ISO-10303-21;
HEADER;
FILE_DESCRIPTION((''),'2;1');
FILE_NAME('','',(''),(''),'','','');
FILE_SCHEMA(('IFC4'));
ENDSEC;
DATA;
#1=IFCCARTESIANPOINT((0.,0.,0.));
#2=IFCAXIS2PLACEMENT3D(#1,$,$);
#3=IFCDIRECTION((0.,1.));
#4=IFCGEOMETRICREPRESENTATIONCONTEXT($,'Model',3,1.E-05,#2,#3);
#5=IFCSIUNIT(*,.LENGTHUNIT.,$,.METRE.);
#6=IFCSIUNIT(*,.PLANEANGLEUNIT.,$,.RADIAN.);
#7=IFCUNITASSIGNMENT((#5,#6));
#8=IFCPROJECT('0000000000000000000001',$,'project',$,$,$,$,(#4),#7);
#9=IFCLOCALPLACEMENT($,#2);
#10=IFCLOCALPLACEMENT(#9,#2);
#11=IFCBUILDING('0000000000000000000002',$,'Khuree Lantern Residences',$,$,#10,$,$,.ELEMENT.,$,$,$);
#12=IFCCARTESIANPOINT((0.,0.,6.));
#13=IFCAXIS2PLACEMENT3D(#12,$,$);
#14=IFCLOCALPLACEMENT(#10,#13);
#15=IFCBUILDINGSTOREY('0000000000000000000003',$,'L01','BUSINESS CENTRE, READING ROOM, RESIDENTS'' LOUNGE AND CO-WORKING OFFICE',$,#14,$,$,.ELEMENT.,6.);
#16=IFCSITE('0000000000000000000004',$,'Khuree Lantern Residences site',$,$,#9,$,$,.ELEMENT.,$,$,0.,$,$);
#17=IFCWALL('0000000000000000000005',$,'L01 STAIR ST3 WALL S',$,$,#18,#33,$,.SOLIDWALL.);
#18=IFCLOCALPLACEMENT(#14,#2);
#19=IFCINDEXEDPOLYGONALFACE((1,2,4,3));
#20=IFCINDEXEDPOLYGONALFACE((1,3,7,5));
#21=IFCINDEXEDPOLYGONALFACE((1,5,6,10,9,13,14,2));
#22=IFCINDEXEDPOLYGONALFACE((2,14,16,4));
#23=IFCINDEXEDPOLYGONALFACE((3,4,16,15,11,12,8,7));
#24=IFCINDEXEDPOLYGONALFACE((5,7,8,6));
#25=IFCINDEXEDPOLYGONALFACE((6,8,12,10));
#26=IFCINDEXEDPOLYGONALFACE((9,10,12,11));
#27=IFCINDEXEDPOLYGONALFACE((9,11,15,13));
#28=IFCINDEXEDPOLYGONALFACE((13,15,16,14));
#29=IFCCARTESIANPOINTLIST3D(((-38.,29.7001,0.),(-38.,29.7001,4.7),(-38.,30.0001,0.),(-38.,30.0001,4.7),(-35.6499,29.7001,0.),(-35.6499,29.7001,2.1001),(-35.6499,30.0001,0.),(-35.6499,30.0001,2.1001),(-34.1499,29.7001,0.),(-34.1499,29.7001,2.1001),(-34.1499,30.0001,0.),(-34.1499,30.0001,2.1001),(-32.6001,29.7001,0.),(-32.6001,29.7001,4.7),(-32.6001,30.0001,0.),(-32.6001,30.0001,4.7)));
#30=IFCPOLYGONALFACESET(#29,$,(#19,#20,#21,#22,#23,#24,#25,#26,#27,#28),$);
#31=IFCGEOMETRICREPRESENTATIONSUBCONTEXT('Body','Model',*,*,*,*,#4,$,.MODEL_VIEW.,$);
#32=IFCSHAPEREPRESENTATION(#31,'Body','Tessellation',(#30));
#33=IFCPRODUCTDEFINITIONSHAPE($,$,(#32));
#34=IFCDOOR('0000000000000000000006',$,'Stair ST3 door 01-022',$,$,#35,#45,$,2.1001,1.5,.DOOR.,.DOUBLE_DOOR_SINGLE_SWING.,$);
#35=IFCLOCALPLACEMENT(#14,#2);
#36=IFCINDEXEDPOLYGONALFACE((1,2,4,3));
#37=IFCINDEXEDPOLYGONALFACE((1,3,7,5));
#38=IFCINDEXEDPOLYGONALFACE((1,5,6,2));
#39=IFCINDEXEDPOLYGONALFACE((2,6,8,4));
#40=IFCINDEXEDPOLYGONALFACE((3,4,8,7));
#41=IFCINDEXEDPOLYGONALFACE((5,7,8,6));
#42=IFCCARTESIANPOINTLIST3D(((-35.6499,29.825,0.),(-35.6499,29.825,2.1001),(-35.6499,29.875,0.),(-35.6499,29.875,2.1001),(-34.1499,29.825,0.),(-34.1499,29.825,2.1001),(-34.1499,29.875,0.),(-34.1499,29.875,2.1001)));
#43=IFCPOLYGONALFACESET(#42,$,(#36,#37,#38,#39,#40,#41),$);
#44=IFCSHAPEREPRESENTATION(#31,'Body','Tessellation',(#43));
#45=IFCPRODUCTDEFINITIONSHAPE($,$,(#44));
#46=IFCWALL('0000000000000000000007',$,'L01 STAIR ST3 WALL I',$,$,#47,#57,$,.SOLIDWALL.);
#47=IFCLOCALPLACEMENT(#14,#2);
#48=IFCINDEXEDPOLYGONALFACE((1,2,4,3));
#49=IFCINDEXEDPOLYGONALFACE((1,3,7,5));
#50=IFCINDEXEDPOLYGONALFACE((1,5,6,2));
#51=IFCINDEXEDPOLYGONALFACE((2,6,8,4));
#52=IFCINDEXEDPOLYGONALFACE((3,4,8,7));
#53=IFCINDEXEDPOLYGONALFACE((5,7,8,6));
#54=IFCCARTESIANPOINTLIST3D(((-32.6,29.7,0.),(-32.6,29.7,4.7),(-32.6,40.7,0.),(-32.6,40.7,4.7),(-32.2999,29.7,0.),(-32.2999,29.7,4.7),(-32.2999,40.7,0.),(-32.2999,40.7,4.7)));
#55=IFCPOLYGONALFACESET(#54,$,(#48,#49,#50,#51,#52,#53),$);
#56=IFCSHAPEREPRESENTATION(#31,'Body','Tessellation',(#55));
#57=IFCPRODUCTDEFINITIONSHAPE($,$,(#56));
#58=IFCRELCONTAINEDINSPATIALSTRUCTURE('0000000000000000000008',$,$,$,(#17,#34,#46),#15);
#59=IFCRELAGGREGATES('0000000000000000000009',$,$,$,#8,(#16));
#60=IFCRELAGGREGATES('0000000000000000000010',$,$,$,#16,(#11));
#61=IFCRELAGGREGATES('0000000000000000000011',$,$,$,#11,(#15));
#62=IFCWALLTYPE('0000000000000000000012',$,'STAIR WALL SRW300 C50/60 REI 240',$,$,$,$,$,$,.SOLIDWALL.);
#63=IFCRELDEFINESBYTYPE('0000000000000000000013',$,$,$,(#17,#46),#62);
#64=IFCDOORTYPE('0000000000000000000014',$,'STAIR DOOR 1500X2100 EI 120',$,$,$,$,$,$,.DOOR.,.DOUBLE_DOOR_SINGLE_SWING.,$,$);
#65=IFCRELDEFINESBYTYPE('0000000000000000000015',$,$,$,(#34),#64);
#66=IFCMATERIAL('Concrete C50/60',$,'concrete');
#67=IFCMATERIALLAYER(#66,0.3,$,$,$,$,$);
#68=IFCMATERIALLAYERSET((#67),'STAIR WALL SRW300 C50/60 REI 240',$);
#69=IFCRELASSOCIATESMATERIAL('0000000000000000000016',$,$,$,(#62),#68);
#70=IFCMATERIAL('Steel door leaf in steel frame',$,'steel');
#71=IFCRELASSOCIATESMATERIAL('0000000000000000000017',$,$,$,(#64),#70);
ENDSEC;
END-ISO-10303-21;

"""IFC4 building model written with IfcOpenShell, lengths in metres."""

from ifc_helpers import new_model, si_unit, direction, frame, frame_2d, origin, place, context, subcontext, project, spatial, rectangle, extrude, material, layer, layer_set, type_object, element, fill, save


model = new_model("IFC4")

# Units and contexts
model_context = context("Model", 3, precision=1e-05, world=origin(), true_north=direction((0.0, 1.0)))
body_context = subcontext(model_context, "Body", "Model", "MODEL_VIEW")
ifc_project = project(units=[si_unit("LENGTHUNIT", "METRE"), si_unit("PLANEANGLEUNIT", "RADIAN")], contexts=[model_context])

# Site, building, storey
site_placement = place(None, origin())
site = spatial("IfcSite", under=ifc_project, at=site_placement, Name="Khuree Lantern Residences site", CompositionType="ELEMENT", RefElevation=0.0)
building_placement = place(site_placement, origin())
building = spatial("IfcBuilding", under=site, at=building_placement, Name="Khuree Lantern Residences", CompositionType="ELEMENT")
storey_placement = place(building_placement, frame((0.0, 0.0, 6.0)))
storey = spatial("IfcBuildingStorey", under=building, at=storey_placement, Name="L01", Description="BUSINESS CENTRE, READING ROOM, RESIDENTS' LOUNGE AND CO-WORKING OFFICE", CompositionType="ELEMENT", Elevation=6.0)

# Wall, opening, door
ifc_material_1 = material(Name="Concrete C50/60", Category="concrete")
ifc_layer_1 = layer(ifc_material_1, 0.3)
ifc_layer_set_1 = layer_set([ifc_layer_1], Name="STAIR WALL SRW300 C50/60 REI 240")
wall_type_1 = type_object("IfcWallType", Name="STAIR WALL SRW300 C50/60 REI 240", PredefinedType="SOLIDWALL", material=ifc_layer_set_1)
wall_1_placement = place(storey_placement, frame((-38.0, 29.8501, 0.0), z_axis=(0.0, 0.0, 1.0), x_axis=(1.0, 0.0, 0.0)))
wall_1 = element("IfcWall", 1, at=wall_1_placement, inside=storey, type_object=wall_type_1, Name="L01 STAIR ST3 WALL S", PredefinedType="SOLIDWALL", context=body_context, shape_type="SweptSolid", body=[
    extrude(rectangle(XDim=5.3999, YDim=0.3, at=frame_2d((2.7, 0.0))), origin(), (0.0, 0.0, 1.0), 4.7),
])
opening_1_placement = place(wall_1_placement, frame((2.3501, 0.0, 0.0)))
opening_1 = element("IfcOpeningElement", 2, at=opening_1_placement, cuts=wall_1, PredefinedType="OPENING", context=body_context, shape_type="SweptSolid", body=[
    extrude(rectangle(XDim=1.5, YDim=2.1001, at=frame_2d((0.75, 1.05))), frame((0.0, 0.1602, 0.0), z_axis=(0.0, -1.0, 0.0), x_axis=(1.0, 0.0, 0.0)), (0.0, 0.0, 1.0), 0.3201),
])
ifc_material_2 = material(Name="Steel door leaf in steel frame", Category="steel")
door_type_1 = type_object("IfcDoorType", Name="STAIR DOOR 1500X2100 EI 120", OperationType="DOUBLE_DOOR_SINGLE_SWING", PredefinedType="DOOR", material=ifc_material_2)
door_1_placement = place(opening_1_placement, origin())
door_1 = element("IfcDoor", 3, at=door_1_placement, inside=storey, type_object=door_type_1, Name="Stair ST3 door 01-022", OperationType="DOUBLE_DOOR_SINGLE_SWING", OverallHeight=2.1001, OverallWidth=1.5, PredefinedType="DOOR", context=body_context, shape_type="SweptSolid", body=[
    extrude(rectangle(XDim=1.5, YDim=2.1001, at=frame_2d((0.75, 1.05))), frame((0.0, 0.0249, 0.0), z_axis=(0.0, -1.0, 0.0), x_axis=(1.0, 0.0, 0.0)), (0.0, 0.0, 1.0), 0.05),
])
fill(opening_1, door_1)

# Wall
wall_2_placement = place(storey_placement, frame((-32.45, 29.7, 0.0), z_axis=(0.0, 0.0, 1.0), x_axis=(0.0, 1.0, 0.0)))
element("IfcWall", 4, at=wall_2_placement, inside=storey, type_object=wall_type_1, Name="L01 STAIR ST3 WALL I", PredefinedType="SOLIDWALL", context=body_context, shape_type="SweptSolid", body=[
    extrude(rectangle(XDim=11.0, YDim=0.3, at=frame_2d((5.5, 0.0))), origin(), (0.0, 0.0, 1.0), 4.7),
])

save(model, "model.ifc")
